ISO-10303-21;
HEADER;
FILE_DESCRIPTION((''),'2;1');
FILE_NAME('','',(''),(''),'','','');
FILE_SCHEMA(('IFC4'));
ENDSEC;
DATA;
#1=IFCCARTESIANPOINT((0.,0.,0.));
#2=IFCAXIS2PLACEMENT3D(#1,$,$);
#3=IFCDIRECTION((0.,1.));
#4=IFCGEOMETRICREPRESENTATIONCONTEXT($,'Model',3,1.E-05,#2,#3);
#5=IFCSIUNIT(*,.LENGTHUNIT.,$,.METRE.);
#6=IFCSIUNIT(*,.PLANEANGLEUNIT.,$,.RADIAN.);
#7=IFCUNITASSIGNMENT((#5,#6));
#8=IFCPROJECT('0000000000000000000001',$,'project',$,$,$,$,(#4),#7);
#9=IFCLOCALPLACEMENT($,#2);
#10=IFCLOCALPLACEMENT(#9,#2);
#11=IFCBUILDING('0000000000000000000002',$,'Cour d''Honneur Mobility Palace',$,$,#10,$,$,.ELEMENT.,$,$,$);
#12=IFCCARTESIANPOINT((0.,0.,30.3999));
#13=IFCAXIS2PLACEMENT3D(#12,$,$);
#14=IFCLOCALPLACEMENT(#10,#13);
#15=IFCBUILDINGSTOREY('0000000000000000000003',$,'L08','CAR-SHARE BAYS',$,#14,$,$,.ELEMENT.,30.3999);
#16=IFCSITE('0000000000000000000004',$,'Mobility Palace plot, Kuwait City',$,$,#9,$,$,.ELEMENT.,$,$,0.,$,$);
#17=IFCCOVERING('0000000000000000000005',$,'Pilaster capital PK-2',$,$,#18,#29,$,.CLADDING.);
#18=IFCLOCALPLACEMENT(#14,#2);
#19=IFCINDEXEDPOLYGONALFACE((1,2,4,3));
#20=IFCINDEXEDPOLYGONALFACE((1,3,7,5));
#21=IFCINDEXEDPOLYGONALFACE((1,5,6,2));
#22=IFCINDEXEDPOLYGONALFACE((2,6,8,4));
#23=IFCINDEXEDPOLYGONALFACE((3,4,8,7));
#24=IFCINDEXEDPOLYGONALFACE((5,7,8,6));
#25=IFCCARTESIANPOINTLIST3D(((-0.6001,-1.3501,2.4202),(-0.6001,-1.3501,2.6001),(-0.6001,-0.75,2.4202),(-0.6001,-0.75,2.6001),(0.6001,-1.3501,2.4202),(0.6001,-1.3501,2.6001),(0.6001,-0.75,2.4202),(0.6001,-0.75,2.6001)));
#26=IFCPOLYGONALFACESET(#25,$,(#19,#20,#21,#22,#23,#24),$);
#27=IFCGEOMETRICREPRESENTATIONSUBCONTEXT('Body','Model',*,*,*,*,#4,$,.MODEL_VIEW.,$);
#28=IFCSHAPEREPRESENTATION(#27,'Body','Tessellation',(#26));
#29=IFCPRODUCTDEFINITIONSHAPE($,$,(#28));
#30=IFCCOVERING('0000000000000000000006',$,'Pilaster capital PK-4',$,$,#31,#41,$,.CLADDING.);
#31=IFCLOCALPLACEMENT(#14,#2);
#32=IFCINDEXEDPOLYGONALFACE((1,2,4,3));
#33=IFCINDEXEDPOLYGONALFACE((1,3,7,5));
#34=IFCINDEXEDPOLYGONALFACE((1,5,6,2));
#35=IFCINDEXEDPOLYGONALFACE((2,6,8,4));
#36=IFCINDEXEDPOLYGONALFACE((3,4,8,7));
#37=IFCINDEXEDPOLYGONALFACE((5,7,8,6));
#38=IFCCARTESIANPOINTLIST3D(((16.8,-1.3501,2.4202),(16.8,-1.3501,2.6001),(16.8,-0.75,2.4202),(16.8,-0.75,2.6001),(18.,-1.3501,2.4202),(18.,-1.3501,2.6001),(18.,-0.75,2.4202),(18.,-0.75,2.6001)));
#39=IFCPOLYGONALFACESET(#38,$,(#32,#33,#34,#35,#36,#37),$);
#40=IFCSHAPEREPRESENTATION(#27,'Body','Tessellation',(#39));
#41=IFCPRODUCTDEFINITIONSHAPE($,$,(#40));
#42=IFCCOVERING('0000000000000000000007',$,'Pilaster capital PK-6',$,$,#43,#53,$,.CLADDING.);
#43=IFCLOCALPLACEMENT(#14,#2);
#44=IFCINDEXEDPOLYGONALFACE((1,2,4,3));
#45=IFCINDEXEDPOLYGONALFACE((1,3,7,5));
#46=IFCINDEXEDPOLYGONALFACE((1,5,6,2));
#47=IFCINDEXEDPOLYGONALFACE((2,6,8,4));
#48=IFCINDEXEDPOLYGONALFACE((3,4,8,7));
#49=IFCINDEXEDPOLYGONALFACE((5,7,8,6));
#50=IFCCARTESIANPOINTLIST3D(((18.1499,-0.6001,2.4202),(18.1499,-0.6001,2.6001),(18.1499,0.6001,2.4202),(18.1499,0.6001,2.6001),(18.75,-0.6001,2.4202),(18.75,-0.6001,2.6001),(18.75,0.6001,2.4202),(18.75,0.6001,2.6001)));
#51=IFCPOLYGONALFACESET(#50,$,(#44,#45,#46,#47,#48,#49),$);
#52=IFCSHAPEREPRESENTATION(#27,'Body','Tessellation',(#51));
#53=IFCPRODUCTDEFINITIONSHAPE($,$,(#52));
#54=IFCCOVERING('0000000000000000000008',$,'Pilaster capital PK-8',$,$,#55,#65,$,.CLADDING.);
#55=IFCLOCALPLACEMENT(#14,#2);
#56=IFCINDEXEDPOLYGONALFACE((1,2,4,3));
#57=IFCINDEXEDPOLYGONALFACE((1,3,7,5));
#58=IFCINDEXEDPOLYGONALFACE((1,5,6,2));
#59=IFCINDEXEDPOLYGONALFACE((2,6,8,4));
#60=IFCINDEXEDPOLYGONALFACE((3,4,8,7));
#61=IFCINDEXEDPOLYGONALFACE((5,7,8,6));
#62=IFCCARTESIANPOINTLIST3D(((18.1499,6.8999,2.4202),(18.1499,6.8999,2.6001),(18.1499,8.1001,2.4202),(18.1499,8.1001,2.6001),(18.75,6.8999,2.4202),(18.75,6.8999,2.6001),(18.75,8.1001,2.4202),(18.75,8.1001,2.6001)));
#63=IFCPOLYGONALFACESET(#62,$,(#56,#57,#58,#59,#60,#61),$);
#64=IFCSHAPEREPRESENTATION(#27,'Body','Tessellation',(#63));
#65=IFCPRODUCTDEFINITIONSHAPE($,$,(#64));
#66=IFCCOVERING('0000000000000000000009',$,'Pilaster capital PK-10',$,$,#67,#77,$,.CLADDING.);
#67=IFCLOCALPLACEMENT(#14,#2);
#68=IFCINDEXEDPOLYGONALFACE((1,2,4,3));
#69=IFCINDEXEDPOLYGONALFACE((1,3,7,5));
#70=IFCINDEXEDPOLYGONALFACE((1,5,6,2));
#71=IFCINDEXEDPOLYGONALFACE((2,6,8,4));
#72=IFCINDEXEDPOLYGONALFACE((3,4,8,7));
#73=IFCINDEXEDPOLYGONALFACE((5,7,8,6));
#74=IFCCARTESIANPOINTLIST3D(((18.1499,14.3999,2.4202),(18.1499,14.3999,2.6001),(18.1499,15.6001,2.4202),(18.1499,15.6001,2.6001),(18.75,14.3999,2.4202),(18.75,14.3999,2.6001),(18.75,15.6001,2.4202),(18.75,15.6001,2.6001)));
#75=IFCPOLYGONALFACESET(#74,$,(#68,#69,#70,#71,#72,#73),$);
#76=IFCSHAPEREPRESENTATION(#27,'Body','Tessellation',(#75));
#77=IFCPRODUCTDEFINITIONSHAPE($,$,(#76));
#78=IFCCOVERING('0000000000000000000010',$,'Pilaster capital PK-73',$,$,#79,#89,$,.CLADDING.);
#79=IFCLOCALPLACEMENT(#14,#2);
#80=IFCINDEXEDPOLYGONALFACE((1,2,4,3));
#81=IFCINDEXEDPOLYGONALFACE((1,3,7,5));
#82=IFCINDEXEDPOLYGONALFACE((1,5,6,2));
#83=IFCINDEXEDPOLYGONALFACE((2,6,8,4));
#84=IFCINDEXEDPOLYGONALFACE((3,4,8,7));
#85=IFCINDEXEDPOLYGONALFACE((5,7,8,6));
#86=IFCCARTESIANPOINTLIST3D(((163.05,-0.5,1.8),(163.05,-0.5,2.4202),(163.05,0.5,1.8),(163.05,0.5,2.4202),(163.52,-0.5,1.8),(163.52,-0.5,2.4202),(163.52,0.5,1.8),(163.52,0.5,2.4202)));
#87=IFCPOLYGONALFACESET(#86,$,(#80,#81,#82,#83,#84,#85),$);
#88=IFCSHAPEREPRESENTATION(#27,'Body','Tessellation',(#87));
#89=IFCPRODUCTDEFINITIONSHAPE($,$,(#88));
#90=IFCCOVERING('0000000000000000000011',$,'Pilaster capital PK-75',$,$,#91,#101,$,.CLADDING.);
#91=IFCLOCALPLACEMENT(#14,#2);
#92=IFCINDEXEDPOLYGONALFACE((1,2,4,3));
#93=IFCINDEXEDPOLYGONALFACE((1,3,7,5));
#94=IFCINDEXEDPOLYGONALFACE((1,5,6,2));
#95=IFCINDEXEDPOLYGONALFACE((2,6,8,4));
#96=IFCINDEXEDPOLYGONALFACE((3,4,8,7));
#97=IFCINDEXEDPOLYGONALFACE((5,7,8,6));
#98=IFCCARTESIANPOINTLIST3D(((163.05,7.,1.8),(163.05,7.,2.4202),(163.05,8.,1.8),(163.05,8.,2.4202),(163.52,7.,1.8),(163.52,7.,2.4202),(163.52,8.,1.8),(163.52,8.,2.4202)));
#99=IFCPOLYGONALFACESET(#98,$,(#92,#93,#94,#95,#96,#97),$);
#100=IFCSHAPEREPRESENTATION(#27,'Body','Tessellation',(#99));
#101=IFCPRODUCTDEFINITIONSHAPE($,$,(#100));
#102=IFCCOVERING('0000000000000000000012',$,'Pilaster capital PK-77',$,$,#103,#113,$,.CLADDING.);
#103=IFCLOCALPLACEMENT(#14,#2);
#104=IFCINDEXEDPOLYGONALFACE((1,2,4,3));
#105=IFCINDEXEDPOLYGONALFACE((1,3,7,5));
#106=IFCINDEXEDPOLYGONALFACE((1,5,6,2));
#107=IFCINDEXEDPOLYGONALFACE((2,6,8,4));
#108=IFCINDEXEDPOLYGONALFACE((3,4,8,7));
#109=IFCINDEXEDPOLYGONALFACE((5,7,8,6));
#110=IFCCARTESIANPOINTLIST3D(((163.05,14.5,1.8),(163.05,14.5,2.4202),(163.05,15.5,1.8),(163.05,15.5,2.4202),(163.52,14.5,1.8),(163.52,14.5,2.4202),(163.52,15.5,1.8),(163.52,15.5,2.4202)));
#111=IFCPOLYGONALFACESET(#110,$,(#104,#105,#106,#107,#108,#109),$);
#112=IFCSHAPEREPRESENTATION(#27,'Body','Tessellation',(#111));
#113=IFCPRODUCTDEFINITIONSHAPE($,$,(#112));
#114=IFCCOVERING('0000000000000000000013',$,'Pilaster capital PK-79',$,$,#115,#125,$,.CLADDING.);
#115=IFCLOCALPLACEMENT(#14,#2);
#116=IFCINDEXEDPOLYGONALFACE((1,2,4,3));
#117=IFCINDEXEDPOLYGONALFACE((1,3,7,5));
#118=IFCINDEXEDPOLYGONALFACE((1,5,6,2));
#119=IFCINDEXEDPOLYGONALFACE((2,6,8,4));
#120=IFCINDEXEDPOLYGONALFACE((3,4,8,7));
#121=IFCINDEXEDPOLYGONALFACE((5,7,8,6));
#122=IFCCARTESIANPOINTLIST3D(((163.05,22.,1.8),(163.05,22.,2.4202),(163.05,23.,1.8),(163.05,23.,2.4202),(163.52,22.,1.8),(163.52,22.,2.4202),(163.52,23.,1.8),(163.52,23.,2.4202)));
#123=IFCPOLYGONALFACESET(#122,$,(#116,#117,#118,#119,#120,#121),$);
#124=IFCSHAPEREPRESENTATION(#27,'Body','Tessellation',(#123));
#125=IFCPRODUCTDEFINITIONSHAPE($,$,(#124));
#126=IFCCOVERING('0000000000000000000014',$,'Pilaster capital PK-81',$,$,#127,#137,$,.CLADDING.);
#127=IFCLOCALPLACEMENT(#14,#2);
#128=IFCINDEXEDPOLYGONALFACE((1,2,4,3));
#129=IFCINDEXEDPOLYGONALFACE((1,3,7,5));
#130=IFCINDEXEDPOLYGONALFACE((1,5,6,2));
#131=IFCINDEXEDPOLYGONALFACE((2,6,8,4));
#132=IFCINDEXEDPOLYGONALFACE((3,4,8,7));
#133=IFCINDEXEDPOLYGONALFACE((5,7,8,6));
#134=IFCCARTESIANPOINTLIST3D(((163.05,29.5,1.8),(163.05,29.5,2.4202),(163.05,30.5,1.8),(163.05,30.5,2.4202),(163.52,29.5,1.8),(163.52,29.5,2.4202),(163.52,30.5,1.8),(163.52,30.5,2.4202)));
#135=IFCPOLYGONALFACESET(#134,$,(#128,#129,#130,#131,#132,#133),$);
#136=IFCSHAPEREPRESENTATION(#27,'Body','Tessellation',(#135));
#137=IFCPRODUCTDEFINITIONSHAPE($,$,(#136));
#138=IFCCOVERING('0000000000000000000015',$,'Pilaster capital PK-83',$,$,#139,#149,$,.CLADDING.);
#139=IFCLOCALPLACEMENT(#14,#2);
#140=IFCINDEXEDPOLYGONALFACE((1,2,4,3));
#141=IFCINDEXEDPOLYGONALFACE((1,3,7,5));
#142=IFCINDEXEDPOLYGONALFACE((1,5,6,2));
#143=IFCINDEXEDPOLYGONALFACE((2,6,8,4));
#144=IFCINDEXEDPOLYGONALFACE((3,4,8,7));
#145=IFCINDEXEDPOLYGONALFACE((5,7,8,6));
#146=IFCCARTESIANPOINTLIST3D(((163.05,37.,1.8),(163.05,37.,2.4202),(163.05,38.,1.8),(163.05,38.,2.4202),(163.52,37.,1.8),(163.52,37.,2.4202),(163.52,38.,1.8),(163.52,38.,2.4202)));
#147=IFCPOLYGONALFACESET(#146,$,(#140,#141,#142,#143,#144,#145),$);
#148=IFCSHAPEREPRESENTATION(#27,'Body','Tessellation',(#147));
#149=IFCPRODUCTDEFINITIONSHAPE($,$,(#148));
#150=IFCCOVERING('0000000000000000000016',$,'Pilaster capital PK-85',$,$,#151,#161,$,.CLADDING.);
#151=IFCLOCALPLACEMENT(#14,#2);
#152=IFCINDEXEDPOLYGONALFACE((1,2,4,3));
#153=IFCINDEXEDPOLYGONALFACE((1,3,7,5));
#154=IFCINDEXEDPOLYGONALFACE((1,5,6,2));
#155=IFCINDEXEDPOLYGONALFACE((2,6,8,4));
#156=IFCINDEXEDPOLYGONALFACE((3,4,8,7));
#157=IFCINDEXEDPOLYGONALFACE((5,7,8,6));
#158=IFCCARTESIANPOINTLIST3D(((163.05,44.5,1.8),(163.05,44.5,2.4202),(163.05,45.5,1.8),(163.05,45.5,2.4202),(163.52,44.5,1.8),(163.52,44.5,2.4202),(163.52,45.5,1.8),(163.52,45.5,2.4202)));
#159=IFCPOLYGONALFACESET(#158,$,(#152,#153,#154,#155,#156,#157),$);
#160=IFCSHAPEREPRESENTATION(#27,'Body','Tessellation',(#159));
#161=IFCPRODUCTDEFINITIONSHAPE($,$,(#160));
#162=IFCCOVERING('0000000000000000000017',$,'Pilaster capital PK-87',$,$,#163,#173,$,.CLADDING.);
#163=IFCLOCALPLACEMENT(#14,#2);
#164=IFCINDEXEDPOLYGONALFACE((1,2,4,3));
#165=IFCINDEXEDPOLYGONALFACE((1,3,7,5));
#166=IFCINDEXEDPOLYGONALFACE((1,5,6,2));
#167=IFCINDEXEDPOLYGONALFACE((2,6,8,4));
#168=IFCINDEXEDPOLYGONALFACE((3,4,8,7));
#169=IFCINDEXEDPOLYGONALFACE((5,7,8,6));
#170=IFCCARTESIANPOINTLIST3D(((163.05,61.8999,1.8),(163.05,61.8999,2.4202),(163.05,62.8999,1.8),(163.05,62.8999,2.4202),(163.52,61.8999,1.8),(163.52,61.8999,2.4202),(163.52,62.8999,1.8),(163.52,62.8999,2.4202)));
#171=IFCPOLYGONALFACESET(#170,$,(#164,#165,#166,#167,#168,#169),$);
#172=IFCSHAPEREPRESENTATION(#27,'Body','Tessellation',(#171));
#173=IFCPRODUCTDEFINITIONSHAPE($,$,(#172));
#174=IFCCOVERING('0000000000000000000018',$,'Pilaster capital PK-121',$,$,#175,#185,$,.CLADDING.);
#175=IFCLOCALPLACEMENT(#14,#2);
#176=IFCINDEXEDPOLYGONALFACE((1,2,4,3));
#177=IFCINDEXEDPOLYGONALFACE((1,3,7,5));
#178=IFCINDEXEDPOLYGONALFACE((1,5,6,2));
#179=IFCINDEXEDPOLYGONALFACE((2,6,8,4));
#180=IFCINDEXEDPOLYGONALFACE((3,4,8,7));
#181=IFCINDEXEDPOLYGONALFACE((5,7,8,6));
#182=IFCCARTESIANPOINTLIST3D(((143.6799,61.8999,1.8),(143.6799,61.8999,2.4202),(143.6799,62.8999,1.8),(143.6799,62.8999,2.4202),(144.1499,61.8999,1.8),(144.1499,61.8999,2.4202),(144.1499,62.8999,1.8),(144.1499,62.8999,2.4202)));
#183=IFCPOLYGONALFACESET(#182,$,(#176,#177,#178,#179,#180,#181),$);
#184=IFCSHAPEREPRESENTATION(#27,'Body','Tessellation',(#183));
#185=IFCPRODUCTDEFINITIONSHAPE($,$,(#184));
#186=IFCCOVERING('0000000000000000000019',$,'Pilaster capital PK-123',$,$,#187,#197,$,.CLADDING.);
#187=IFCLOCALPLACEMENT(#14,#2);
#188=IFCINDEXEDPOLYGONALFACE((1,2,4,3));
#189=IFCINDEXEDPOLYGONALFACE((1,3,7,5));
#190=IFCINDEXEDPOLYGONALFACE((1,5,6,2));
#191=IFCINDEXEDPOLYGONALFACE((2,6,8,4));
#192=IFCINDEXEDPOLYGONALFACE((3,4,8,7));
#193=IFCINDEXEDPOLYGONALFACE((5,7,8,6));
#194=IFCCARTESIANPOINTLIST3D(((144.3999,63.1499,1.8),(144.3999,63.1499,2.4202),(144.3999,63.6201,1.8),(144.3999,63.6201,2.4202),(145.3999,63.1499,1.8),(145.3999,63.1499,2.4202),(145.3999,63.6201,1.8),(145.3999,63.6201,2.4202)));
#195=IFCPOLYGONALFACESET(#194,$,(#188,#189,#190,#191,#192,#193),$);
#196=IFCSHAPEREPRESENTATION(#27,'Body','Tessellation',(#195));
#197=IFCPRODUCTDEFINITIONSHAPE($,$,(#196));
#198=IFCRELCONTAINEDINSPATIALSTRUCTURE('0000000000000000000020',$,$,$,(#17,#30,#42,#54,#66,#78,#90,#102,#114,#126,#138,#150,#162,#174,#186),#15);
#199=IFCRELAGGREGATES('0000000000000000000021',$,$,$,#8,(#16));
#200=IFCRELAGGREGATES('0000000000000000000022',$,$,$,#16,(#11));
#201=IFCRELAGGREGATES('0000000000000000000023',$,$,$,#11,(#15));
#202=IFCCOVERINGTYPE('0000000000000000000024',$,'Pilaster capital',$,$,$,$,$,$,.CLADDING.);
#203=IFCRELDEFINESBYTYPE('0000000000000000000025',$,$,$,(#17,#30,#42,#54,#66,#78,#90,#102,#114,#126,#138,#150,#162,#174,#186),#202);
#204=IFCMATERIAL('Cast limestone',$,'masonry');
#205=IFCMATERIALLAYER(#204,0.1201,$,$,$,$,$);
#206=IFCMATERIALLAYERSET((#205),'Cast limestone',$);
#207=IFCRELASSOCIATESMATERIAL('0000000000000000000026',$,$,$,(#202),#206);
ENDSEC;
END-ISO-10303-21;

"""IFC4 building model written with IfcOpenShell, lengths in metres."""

from ifc_helpers import new_model, si_unit, direction, frame, origin, place, context, subcontext, project, spatial, polyline, outline, extrude, material, layer, layer_set, type_object, element, save


model = new_model("IFC4")

# Units and contexts
model_context = context("Model", 3, precision=1e-05, world=origin(), true_north=direction((0.0, 1.0)))
body_context = subcontext(model_context, "Body", "Model", "MODEL_VIEW")
ifc_project = project(units=[si_unit("LENGTHUNIT", "METRE"), si_unit("PLANEANGLEUNIT", "RADIAN")], contexts=[model_context])

# Site, building, storey
site_placement = place(None, origin())
site = spatial("IfcSite", under=ifc_project, at=site_placement, Name="Mobility Palace plot, Kuwait City", CompositionType="ELEMENT", RefElevation=0.0)
building_placement = place(site_placement, origin())
building = spatial("IfcBuilding", under=site, at=building_placement, Name="Cour d'Honneur Mobility Palace", CompositionType="ELEMENT")
storey_placement = place(building_placement, frame((0.0, 0.0, 30.3999)))
storey = spatial("IfcBuildingStorey", under=building, at=storey_placement, Name="L08", Description="CAR-SHARE BAYS", CompositionType="ELEMENT", Elevation=30.3999)

# Coverings
ifc_material_1 = material(Name="Cast limestone", Category="masonry")
ifc_layer_1 = layer(ifc_material_1, 0.1201)
ifc_layer_set_1 = layer_set([ifc_layer_1], Name="Cast limestone")
covering_type_1 = type_object("IfcCoveringType", Name="Pilaster capital", PredefinedType="CLADDING", material=ifc_layer_set_1)
covering_1_placement = place(storey_placement, frame((0.0, 0.0, 2.4202)))
element("IfcCovering", 1, at=covering_1_placement, inside=storey, type_object=covering_type_1, Name="Pilaster capital PK-2", PredefinedType="CLADDING", context=body_context, shape_type="SweptSolid", body=[
    extrude(outline(polyline([(-0.6001, -0.75), (0.6001, -0.75), (0.6001, -1.3501), (-0.6001, -1.3501), (-0.6001, -0.75)])), origin(), (0.0, 0.0, 1.0), 0.1799),
])
covering_2_placement = place(storey_placement, frame((0.0, 0.0, 2.4202)))
element("IfcCovering", 2, at=covering_2_placement, inside=storey, type_object=covering_type_1, Name="Pilaster capital PK-4", PredefinedType="CLADDING", context=body_context, shape_type="SweptSolid", body=[
    extrude(outline(polyline([(16.8, -0.75), (18.0, -0.75), (18.0, -1.3501), (16.8, -1.3501), (16.8, -0.75)])), origin(), (0.0, 0.0, 1.0), 0.1799),
])
covering_3_placement = place(storey_placement, frame((0.0, 0.0, 2.4202)))
element("IfcCovering", 3, at=covering_3_placement, inside=storey, type_object=covering_type_1, Name="Pilaster capital PK-6", PredefinedType="CLADDING", context=body_context, shape_type="SweptSolid", body=[
    extrude(outline(polyline([(18.1499, -0.6001), (18.1499, 0.6001), (18.75, 0.6001), (18.75, -0.6001), (18.1499, -0.6001)])), origin(), (0.0, 0.0, 1.0), 0.1799),
])
covering_4_placement = place(storey_placement, frame((0.0, 0.0, 2.4202)))
element("IfcCovering", 4, at=covering_4_placement, inside=storey, type_object=covering_type_1, Name="Pilaster capital PK-8", PredefinedType="CLADDING", context=body_context, shape_type="SweptSolid", body=[
    extrude(outline(polyline([(18.1499, 6.8999), (18.1499, 8.1001), (18.75, 8.1001), (18.75, 6.8999), (18.1499, 6.8999)])), origin(), (0.0, 0.0, 1.0), 0.1799),
])
covering_5_placement = place(storey_placement, frame((0.0, 0.0, 2.4202)))
element("IfcCovering", 5, at=covering_5_placement, inside=storey, type_object=covering_type_1, Name="Pilaster capital PK-10", PredefinedType="CLADDING", context=body_context, shape_type="SweptSolid", body=[
    extrude(outline(polyline([(18.1499, 14.3999), (18.1499, 15.6001), (18.75, 15.6001), (18.75, 14.3999), (18.1499, 14.3999)])), origin(), (0.0, 0.0, 1.0), 0.1799),
])
covering_6_placement = place(storey_placement, frame((0.0, 0.0, 1.8)))
element("IfcCovering", 6, at=covering_6_placement, inside=storey, type_object=covering_type_1, Name="Pilaster capital PK-73", PredefinedType="CLADDING", context=body_context, shape_type="SweptSolid", body=[
    extrude(outline(polyline([(163.05, -0.5), (163.05, 0.5), (163.52, 0.5), (163.52, -0.5), (163.05, -0.5)])), origin(), (0.0, 0.0, 1.0), 0.6201),
])
covering_7_placement = place(storey_placement, frame((0.0, 0.0, 1.8)))
element("IfcCovering", 7, at=covering_7_placement, inside=storey, type_object=covering_type_1, Name="Pilaster capital PK-75", PredefinedType="CLADDING", context=body_context, shape_type="SweptSolid", body=[
    extrude(outline(polyline([(163.05, 7.0), (163.05, 8.0), (163.52, 8.0), (163.52, 7.0), (163.05, 7.0)])), origin(), (0.0, 0.0, 1.0), 0.6201),
])
covering_8_placement = place(storey_placement, frame((0.0, 0.0, 1.8)))
element("IfcCovering", 8, at=covering_8_placement, inside=storey, type_object=covering_type_1, Name="Pilaster capital PK-77", PredefinedType="CLADDING", context=body_context, shape_type="SweptSolid", body=[
    extrude(outline(polyline([(163.05, 14.5), (163.05, 15.5), (163.52, 15.5), (163.52, 14.5), (163.05, 14.5)])), origin(), (0.0, 0.0, 1.0), 0.6201),
])
covering_9_placement = place(storey_placement, frame((0.0, 0.0, 1.8)))
element("IfcCovering", 9, at=covering_9_placement, inside=storey, type_object=covering_type_1, Name="Pilaster capital PK-79", PredefinedType="CLADDING", context=body_context, shape_type="SweptSolid", body=[
    extrude(outline(polyline([(163.05, 22.0), (163.05, 23.0), (163.52, 23.0), (163.52, 22.0), (163.05, 22.0)])), origin(), (0.0, 0.0, 1.0), 0.6201),
])
covering_10_placement = place(storey_placement, frame((0.0, 0.0, 1.8)))
element("IfcCovering", 10, at=covering_10_placement, inside=storey, type_object=covering_type_1, Name="Pilaster capital PK-81", PredefinedType="CLADDING", context=body_context, shape_type="SweptSolid", body=[
    extrude(outline(polyline([(163.05, 29.5), (163.05, 30.5), (163.52, 30.5), (163.52, 29.5), (163.05, 29.5)])), origin(), (0.0, 0.0, 1.0), 0.6201),
])
covering_11_placement = place(storey_placement, frame((0.0, 0.0, 1.8)))
element("IfcCovering", 11, at=covering_11_placement, inside=storey, type_object=covering_type_1, Name="Pilaster capital PK-83", PredefinedType="CLADDING", context=body_context, shape_type="SweptSolid", body=[
    extrude(outline(polyline([(163.05, 37.0), (163.05, 38.0), (163.52, 38.0), (163.52, 37.0), (163.05, 37.0)])), origin(), (0.0, 0.0, 1.0), 0.6201),
])
covering_12_placement = place(storey_placement, frame((0.0, 0.0, 1.8)))
element("IfcCovering", 12, at=covering_12_placement, inside=storey, type_object=covering_type_1, Name="Pilaster capital PK-85", PredefinedType="CLADDING", context=body_context, shape_type="SweptSolid", body=[
    extrude(outline(polyline([(163.05, 44.5), (163.05, 45.5), (163.52, 45.5), (163.52, 44.5), (163.05, 44.5)])), origin(), (0.0, 0.0, 1.0), 0.6201),
])
covering_13_placement = place(storey_placement, frame((0.0, 0.0, 1.8)))
element("IfcCovering", 13, at=covering_13_placement, inside=storey, type_object=covering_type_1, Name="Pilaster capital PK-87", PredefinedType="CLADDING", context=body_context, shape_type="SweptSolid", body=[
    extrude(outline(polyline([(163.05, 61.8999), (163.05, 62.8999), (163.52, 62.8999), (163.52, 61.8999), (163.05, 61.8999)])), origin(), (0.0, 0.0, 1.0), 0.6201),
])
covering_14_placement = place(storey_placement, frame((0.0, 0.0, 1.8)))
element("IfcCovering", 14, at=covering_14_placement, inside=storey, type_object=covering_type_1, Name="Pilaster capital PK-121", PredefinedType="CLADDING", context=body_context, shape_type="SweptSolid", body=[
    extrude(outline(polyline([(144.1499, 62.8999), (144.1499, 61.8999), (143.6799, 61.8999), (143.6799, 62.8999), (144.1499, 62.8999)])), origin(), (0.0, 0.0, 1.0), 0.6201),
])
covering_15_placement = place(storey_placement, frame((0.0, 0.0, 1.8)))
element("IfcCovering", 15, at=covering_15_placement, inside=storey, type_object=covering_type_1, Name="Pilaster capital PK-123", PredefinedType="CLADDING", context=body_context, shape_type="SweptSolid", body=[
    extrude(outline(polyline([(145.3999, 63.1499), (144.3999, 63.1499), (144.3999, 63.6201), (145.3999, 63.6201), (145.3999, 63.1499)])), origin(), (0.0, 0.0, 1.0), 0.6201),
])

save(model, "model.ifc")
